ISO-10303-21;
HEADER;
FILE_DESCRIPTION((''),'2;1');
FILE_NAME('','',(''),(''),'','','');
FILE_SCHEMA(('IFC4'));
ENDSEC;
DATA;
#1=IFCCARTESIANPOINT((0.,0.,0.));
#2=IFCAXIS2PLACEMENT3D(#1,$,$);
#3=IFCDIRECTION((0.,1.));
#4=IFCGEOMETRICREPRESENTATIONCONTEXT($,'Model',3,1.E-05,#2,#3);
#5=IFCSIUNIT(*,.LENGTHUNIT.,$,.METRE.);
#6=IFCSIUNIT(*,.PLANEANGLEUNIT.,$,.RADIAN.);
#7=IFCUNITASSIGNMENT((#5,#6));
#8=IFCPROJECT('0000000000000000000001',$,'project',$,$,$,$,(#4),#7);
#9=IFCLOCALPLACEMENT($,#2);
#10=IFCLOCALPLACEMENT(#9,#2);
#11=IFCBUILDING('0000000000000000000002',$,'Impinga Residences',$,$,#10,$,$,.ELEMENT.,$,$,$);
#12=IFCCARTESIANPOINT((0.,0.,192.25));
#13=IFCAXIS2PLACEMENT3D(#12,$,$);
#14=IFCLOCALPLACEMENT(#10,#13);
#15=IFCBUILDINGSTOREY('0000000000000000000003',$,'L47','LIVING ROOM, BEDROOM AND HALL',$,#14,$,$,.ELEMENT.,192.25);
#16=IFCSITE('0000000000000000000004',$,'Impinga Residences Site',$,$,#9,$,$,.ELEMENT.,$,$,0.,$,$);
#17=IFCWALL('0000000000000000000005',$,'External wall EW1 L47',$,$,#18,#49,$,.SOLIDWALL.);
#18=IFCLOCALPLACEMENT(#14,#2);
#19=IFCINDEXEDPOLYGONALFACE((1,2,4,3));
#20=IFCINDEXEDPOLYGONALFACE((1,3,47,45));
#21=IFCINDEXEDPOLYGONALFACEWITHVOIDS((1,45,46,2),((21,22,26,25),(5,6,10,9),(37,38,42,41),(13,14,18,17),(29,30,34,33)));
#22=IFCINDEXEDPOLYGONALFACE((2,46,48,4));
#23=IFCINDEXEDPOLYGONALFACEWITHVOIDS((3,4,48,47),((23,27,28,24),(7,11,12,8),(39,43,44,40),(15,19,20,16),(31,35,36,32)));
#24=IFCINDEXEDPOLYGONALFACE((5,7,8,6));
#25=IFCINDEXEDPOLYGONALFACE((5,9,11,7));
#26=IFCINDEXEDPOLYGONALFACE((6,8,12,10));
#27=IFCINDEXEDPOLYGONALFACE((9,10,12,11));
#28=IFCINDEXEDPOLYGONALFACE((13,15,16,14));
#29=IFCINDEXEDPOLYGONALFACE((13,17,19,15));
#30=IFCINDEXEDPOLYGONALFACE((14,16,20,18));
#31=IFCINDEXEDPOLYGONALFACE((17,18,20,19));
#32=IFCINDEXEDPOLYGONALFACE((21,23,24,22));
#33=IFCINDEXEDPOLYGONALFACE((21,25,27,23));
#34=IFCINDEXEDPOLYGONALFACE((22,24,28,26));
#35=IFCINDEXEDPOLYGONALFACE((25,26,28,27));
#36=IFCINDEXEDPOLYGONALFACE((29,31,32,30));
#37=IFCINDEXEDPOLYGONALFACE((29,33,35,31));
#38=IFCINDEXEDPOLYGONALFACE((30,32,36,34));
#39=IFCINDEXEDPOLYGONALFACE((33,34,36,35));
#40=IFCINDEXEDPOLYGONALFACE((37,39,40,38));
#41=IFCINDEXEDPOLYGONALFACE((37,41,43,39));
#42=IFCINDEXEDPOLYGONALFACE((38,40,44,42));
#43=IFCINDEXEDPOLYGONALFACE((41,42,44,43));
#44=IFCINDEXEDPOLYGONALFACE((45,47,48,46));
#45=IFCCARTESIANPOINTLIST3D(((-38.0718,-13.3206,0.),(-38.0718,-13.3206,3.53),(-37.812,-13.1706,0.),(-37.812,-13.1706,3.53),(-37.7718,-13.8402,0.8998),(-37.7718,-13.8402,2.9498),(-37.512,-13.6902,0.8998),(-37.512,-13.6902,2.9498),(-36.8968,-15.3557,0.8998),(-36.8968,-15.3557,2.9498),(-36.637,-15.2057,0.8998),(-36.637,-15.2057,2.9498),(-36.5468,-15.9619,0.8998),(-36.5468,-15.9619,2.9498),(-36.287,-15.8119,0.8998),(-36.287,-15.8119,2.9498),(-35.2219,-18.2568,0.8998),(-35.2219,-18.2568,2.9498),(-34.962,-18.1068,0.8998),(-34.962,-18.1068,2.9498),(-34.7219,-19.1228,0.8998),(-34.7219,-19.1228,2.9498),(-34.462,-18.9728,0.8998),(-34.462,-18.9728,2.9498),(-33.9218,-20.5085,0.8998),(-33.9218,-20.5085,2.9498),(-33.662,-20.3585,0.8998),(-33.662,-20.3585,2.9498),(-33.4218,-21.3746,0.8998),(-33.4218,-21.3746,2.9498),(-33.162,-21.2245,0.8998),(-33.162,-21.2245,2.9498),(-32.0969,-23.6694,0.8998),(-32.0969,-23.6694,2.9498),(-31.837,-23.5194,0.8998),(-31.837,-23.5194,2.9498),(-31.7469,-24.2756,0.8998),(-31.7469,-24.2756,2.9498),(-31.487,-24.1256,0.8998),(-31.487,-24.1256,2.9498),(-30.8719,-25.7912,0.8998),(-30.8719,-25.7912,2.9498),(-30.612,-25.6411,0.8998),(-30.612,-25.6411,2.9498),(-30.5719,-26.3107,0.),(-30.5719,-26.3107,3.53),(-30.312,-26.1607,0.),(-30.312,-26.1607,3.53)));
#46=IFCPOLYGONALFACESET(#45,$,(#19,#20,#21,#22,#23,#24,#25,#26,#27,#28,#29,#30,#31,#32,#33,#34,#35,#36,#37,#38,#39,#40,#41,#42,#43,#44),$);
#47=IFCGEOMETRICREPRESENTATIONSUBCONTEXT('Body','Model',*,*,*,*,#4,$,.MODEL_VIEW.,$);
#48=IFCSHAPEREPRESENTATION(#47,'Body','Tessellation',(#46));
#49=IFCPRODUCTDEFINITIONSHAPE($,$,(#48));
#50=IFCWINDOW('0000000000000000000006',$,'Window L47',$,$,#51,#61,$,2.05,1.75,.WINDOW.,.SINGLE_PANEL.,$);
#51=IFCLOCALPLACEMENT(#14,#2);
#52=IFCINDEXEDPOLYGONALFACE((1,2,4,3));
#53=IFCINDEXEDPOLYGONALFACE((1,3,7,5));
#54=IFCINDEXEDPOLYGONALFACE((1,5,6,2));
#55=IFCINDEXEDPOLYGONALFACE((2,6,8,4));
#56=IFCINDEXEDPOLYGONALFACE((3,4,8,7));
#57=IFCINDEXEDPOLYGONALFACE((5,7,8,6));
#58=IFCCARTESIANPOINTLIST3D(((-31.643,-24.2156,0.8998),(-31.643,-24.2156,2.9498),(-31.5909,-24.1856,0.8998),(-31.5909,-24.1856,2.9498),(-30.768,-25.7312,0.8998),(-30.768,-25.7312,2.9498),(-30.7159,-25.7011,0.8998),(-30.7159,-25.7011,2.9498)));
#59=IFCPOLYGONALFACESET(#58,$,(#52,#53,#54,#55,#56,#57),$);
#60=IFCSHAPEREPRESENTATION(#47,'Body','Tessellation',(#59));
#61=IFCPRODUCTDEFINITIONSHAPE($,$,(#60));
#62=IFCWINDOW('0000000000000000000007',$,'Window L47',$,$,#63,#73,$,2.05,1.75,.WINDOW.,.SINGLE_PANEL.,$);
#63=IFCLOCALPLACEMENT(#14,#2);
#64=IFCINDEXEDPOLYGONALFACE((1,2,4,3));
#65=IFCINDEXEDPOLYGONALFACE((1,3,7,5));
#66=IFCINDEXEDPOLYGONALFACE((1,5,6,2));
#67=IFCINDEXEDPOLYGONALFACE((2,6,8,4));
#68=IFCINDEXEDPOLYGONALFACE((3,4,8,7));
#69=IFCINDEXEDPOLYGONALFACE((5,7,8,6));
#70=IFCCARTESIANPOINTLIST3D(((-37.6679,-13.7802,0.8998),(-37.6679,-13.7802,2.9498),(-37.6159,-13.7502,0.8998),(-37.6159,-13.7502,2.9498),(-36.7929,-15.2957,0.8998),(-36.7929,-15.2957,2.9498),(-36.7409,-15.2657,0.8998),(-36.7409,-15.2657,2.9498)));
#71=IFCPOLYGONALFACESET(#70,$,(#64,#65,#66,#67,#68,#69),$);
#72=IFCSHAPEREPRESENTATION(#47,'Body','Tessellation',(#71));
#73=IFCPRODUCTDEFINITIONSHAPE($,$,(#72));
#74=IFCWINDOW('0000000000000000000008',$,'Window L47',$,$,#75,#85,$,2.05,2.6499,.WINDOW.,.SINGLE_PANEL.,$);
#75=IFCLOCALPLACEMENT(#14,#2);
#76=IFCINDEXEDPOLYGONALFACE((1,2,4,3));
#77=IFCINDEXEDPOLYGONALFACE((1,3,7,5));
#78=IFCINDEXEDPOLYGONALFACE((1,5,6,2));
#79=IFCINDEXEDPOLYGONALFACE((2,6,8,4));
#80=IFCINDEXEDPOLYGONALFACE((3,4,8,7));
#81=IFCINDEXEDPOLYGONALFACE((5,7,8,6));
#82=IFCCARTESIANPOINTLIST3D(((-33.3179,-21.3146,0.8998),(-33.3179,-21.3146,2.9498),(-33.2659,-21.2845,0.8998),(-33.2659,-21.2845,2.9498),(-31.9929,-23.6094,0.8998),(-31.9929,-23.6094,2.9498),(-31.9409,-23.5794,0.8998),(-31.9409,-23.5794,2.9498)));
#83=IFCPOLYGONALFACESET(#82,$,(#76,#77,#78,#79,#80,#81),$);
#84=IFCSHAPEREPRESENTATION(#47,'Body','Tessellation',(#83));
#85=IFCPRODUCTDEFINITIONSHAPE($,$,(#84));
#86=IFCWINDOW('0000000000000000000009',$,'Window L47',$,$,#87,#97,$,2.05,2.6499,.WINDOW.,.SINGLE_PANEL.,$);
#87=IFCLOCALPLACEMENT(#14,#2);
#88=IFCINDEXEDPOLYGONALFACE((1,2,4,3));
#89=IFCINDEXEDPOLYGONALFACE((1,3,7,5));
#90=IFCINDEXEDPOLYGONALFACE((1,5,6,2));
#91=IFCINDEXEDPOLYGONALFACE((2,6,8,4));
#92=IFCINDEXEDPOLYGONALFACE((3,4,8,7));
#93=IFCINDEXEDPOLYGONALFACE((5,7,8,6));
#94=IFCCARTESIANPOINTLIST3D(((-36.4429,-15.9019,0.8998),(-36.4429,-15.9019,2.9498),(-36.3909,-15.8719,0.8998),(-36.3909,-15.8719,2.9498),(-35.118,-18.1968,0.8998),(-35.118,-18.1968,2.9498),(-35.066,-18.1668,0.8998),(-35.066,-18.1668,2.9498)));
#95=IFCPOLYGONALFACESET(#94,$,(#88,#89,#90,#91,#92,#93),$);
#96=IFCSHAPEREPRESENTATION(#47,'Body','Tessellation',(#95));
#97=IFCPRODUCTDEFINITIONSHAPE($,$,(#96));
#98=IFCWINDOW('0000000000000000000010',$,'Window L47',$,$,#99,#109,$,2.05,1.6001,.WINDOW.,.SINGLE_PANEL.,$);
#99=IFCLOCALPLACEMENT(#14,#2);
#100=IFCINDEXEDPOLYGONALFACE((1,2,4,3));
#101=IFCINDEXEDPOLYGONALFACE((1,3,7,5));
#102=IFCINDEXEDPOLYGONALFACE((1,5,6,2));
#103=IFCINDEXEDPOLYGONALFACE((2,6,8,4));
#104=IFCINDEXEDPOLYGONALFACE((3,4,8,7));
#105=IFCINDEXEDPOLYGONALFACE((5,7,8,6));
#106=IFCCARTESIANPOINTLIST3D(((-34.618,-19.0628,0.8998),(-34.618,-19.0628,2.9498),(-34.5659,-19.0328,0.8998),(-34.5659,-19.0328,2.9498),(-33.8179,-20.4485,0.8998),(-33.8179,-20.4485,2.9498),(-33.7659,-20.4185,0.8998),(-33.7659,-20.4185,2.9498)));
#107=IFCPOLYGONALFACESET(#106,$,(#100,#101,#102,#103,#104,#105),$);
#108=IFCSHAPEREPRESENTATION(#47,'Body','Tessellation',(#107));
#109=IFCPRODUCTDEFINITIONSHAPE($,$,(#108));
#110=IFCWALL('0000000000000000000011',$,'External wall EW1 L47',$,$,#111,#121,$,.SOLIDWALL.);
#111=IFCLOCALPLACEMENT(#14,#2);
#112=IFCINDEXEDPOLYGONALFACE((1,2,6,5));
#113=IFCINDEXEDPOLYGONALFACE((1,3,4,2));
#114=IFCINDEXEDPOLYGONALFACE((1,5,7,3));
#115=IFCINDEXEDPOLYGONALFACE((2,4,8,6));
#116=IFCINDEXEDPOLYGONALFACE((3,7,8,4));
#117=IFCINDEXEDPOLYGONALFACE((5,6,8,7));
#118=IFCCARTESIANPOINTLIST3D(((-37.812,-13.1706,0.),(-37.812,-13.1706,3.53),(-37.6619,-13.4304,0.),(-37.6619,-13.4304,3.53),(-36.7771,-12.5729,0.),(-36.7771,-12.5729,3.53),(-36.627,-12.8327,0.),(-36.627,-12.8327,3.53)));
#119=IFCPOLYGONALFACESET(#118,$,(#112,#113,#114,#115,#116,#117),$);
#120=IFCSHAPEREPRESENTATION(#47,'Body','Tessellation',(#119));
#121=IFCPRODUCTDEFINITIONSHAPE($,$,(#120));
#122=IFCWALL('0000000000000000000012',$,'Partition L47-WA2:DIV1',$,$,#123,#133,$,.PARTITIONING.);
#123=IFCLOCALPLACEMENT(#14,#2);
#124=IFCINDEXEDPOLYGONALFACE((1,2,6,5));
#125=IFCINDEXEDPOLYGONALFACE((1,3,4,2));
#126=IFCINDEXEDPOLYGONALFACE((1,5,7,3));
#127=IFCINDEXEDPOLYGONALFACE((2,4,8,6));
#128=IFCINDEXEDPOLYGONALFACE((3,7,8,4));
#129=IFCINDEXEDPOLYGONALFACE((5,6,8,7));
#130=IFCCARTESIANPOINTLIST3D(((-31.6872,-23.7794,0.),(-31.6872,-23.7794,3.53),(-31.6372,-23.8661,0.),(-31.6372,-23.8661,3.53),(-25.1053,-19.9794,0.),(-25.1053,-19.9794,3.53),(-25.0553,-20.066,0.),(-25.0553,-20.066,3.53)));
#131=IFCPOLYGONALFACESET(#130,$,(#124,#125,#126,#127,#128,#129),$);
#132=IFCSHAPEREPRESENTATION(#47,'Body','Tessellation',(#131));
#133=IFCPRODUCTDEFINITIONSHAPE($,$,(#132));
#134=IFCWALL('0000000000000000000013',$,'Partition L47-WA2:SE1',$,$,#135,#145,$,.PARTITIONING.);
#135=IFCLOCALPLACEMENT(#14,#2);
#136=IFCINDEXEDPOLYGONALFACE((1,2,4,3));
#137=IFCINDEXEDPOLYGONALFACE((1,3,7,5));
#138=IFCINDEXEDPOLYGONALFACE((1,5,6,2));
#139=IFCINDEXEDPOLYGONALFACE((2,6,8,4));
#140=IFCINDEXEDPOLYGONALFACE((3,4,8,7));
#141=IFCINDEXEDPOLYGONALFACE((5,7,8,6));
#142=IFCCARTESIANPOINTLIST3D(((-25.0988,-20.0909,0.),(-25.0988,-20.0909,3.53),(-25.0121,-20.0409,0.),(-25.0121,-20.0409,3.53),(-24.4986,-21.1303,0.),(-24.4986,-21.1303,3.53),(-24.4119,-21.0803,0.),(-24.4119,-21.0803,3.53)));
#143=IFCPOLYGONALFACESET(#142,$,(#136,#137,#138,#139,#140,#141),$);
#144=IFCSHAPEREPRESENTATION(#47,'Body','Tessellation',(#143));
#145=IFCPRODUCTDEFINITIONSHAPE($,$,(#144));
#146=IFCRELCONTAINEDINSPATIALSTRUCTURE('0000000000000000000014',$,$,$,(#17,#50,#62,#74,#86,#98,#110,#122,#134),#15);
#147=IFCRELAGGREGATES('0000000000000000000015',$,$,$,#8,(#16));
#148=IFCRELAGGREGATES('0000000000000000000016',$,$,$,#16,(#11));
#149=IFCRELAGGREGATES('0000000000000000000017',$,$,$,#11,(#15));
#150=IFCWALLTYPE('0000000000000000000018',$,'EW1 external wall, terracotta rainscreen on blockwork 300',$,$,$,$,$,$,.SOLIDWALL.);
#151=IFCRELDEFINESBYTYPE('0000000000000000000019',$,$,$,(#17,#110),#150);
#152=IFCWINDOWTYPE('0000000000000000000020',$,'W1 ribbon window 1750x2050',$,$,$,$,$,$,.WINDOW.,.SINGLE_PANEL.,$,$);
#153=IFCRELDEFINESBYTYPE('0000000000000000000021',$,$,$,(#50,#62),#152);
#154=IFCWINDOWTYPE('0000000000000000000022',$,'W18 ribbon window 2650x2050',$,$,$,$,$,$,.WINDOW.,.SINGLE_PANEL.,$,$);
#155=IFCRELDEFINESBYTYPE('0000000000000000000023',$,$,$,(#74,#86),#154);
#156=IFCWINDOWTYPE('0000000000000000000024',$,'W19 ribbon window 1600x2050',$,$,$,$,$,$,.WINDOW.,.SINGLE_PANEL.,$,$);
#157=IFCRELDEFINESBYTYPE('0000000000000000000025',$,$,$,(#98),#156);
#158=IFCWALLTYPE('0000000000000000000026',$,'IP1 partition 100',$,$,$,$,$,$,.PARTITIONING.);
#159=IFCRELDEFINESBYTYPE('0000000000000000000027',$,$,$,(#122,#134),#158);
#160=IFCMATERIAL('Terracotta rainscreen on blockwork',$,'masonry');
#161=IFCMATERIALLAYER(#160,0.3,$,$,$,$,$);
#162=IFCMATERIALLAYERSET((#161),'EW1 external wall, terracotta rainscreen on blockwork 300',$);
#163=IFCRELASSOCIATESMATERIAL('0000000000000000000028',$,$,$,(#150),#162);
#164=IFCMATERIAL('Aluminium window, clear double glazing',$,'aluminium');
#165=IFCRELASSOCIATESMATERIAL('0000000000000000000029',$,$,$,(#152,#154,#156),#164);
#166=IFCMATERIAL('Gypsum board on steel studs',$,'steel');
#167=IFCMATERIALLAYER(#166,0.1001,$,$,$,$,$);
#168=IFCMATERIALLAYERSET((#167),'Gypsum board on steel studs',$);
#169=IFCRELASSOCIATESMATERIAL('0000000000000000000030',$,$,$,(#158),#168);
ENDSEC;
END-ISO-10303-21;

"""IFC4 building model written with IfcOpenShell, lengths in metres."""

from ifc_helpers import new_model, si_unit, direction, frame, frame_2d, origin, place, context, subcontext, project, spatial, rectangle, extrude, material, layer, layer_set, type_object, element, fill, save


model = new_model("IFC4")

# Units and contexts
model_context = context("Model", 3, precision=1e-05, world=origin(), true_north=direction((0.0, 1.0)))
body_context = subcontext(model_context, "Body", "Model", "MODEL_VIEW")
ifc_project = project(units=[si_unit("LENGTHUNIT", "METRE"), si_unit("PLANEANGLEUNIT", "RADIAN")], contexts=[model_context])

# Site, building, storey
site_placement = place(None, origin())
site = spatial("IfcSite", under=ifc_project, at=site_placement, Name="Impinga Residences Site", CompositionType="ELEMENT", RefElevation=0.0)
building_placement = place(site_placement, origin())
building = spatial("IfcBuilding", under=site, at=building_placement, Name="Impinga Residences", CompositionType="ELEMENT")
storey_placement = place(building_placement, frame((0.0, 0.0, 192.25)))
storey = spatial("IfcBuildingStorey", under=building, at=storey_placement, Name="L47", Description="LIVING ROOM, BEDROOM AND HALL", CompositionType="ELEMENT", Elevation=192.25)

# Shared definitions
ifc_material_1 = material(Name="Terracotta rainscreen on blockwork", Category="masonry")
ifc_layer_1 = layer(ifc_material_1, 0.3)
ifc_layer_set_1 = layer_set([ifc_layer_1], Name="EW1 external wall, terracotta rainscreen on blockwork 300")
wall_type_1 = type_object("IfcWallType", Name="EW1 external wall, terracotta rainscreen on blockwork 300", PredefinedType="SOLIDWALL", material=ifc_layer_set_1)

# Wall, openings, windows
wall_1_placement = place(storey_placement, frame((-30.4419, -26.2358, 0.0), z_axis=(0.0, 0.0, 1.0), x_axis=(-0.500004, 0.866023, 0.0)))
wall_1 = element("IfcWall", 1, at=wall_1_placement, inside=storey, type_object=wall_type_1, Name="External wall EW1 L47", PredefinedType="SOLIDWALL", context=body_context, shape_type="SweptSolid", body=[
    extrude(rectangle(XDim=14.9998, YDim=0.3, at=frame_2d((7.5, 0.0))), origin(), (0.0, 0.0, 1.0), 3.53),
])
opening_1_placement = place(wall_1_placement, frame((0.6001, 0.0, 0.8999)))
opening_1 = element("IfcOpeningElement", 2, at=opening_1_placement, cuts=wall_1, PredefinedType="OPENING", context=body_context, shape_type="SweptSolid", body=[
    extrude(rectangle(XDim=1.75, YDim=2.05, at=frame_2d((0.875, 1.0249))), frame((0.0, 0.1599, 0.0), z_axis=(0.0, -1.0, 0.0), x_axis=(1.0, 0.0, 0.0)), (0.0, 0.0, 1.0), 0.3201),
])
opening_2_placement = place(wall_1_placement, frame((3.05, 0.0, 0.8999)))
opening_2 = element("IfcOpeningElement", 3, at=opening_2_placement, cuts=wall_1, PredefinedType="OPENING", context=body_context, shape_type="SweptSolid", body=[
    extrude(rectangle(XDim=2.6499, YDim=2.05, at=frame_2d((1.325, 1.0249))), frame((0.0, 0.1599, 0.0), z_axis=(0.0, -1.0, 0.0), x_axis=(1.0, 0.0, 0.0)), (0.0, 0.0, 1.0), 0.3201),
])
opening_3_placement = place(wall_1_placement, frame((6.7, 0.0, 0.8999)))
opening_3 = element("IfcOpeningElement", 4, at=opening_3_placement, cuts=wall_1, PredefinedType="OPENING", context=body_context, shape_type="SweptSolid", body=[
    extrude(rectangle(XDim=1.6001, YDim=2.05, at=frame_2d((0.8, 1.0249))), frame((0.0, 0.1599, 0.0), z_axis=(0.0, -1.0, 0.0), x_axis=(1.0, 0.0, 0.0)), (0.0, 0.0, 1.0), 0.3201),
])
opening_4_placement = place(wall_1_placement, frame((9.3, 0.0, 0.8999)))
opening_4 = element("IfcOpeningElement", 5, at=opening_4_placement, cuts=wall_1, PredefinedType="OPENING", context=body_context, shape_type="SweptSolid", body=[
    extrude(rectangle(XDim=2.6499, YDim=2.05, at=frame_2d((1.325, 1.0249))), frame((0.0, 0.1599, 0.0), z_axis=(0.0, -1.0, 0.0), x_axis=(1.0, 0.0, 0.0)), (0.0, 0.0, 1.0), 0.3201),
])
opening_5_placement = place(wall_1_placement, frame((12.6499, 0.0, 0.8999)))
opening_5 = element("IfcOpeningElement", 6, at=opening_5_placement, cuts=wall_1, PredefinedType="OPENING", context=body_context, shape_type="SweptSolid", body=[
    extrude(rectangle(XDim=1.75, YDim=2.05, at=frame_2d((0.875, 1.0249))), frame((0.0, 0.1599, 0.0), z_axis=(0.0, -1.0, 0.0), x_axis=(1.0, 0.0, 0.0)), (0.0, 0.0, 1.0), 0.3201),
])
ifc_material_2 = material(Name="Aluminium window, clear double glazing", Category="aluminium")
window_type_1 = type_object("IfcWindowType", Name="W1 ribbon window 1750x2050", PartitioningType="SINGLE_PANEL", PredefinedType="WINDOW", material=ifc_material_2)
window_1_placement = place(opening_1_placement, origin())
window_1 = element("IfcWindow", 7, at=window_1_placement, inside=storey, type_object=window_type_1, Name="Window L47", OverallHeight=2.05, OverallWidth=1.75, PartitioningType="SINGLE_PANEL", PredefinedType="WINDOW", context=body_context, shape_type="SweptSolid", body=[
    extrude(rectangle(XDim=1.75, YDim=2.05, at=frame_2d((0.875, 1.0249))), frame((0.0, 0.03, 0.0), z_axis=(0.0, -1.0, 0.0), x_axis=(1.0, 0.0, 0.0)), (0.0, 0.0, 1.0), 0.0601),
])
fill(opening_1, window_1)
window_2_placement = place(opening_5_placement, origin())
window_2 = element("IfcWindow", 8, at=window_2_placement, inside=storey, type_object=window_type_1, Name="Window L47", OverallHeight=2.05, OverallWidth=1.75, PartitioningType="SINGLE_PANEL", PredefinedType="WINDOW", context=body_context, shape_type="SweptSolid", body=[
    extrude(rectangle(XDim=1.75, YDim=2.05, at=frame_2d((0.875, 1.0249))), frame((0.0, 0.03, 0.0), z_axis=(0.0, -1.0, 0.0), x_axis=(1.0, 0.0, 0.0)), (0.0, 0.0, 1.0), 0.0601),
])
fill(opening_5, window_2)
window_type_2 = type_object("IfcWindowType", Name="W18 ribbon window 2650x2050", PartitioningType="SINGLE_PANEL", PredefinedType="WINDOW", material=ifc_material_2)
window_3_placement = place(opening_2_placement, origin())
window_3 = element("IfcWindow", 9, at=window_3_placement, inside=storey, type_object=window_type_2, Name="Window L47", OverallHeight=2.05, OverallWidth=2.6499, PartitioningType="SINGLE_PANEL", PredefinedType="WINDOW", context=body_context, shape_type="SweptSolid", body=[
    extrude(rectangle(XDim=2.6499, YDim=2.05, at=frame_2d((1.325, 1.0249))), frame((0.0, 0.03, 0.0), z_axis=(0.0, -1.0, 0.0), x_axis=(1.0, 0.0, 0.0)), (0.0, 0.0, 1.0), 0.0601),
])
fill(opening_2, window_3)
window_4_placement = place(opening_4_placement, origin())
window_4 = element("IfcWindow", 10, at=window_4_placement, inside=storey, type_object=window_type_2, Name="Window L47", OverallHeight=2.05, OverallWidth=2.6499, PartitioningType="SINGLE_PANEL", PredefinedType="WINDOW", context=body_context, shape_type="SweptSolid", body=[
    extrude(rectangle(XDim=2.6499, YDim=2.05, at=frame_2d((1.325, 1.0249))), frame((0.0, 0.03, 0.0), z_axis=(0.0, -1.0, 0.0), x_axis=(1.0, 0.0, 0.0)), (0.0, 0.0, 1.0), 0.0601),
])
fill(opening_4, window_4)
window_type_3 = type_object("IfcWindowType", Name="W19 ribbon window 1600x2050", PartitioningType="SINGLE_PANEL", PredefinedType="WINDOW", material=ifc_material_2)
window_5_placement = place(opening_3_placement, origin())
window_5 = element("IfcWindow", 11, at=window_5_placement, inside=storey, type_object=window_type_3, Name="Window L47", OverallHeight=2.05, OverallWidth=1.6001, PartitioningType="SINGLE_PANEL", PredefinedType="WINDOW", context=body_context, shape_type="SweptSolid", body=[
    extrude(rectangle(XDim=1.6001, YDim=2.05, at=frame_2d((0.8, 1.0249))), frame((0.0, 0.03, 0.0), z_axis=(0.0, -1.0, 0.0), x_axis=(1.0, 0.0, 0.0)), (0.0, 0.0, 1.0), 0.0601),
])
fill(opening_3, window_5)

# Walls
wall_2_placement = place(storey_placement, frame((-37.7371, -13.3005, 0.0), z_axis=(0.0, 0.0, 1.0), x_axis=(0.865971, 0.500094, 0.0)))
element("IfcWall", 12, at=wall_2_placement, inside=storey, type_object=wall_type_1, Name="External wall EW1 L47", PredefinedType="SOLIDWALL", context=body_context, shape_type="SweptSolid", body=[
    extrude(rectangle(XDim=1.1951, YDim=0.3, at=frame_2d((0.5977, 0.0))), origin(), (0.0, 0.0, 1.0), 3.53),
])
ifc_material_3 = material(Name="Gypsum board on steel studs", Category="steel")
ifc_layer_2 = layer(ifc_material_3, 0.1001)
ifc_layer_set_2 = layer_set([ifc_layer_2], Name="Gypsum board on steel studs")
wall_type_2 = type_object("IfcWallType", Name="IP1 partition 100", PredefinedType="PARTITIONING", material=ifc_layer_set_2)
wall_3_placement = place(storey_placement, frame((-25.0803, -20.0227, 0.0), z_axis=(0.0, 0.0, 1.0), x_axis=(-0.866022, -0.500005, 0.0)))
element("IfcWall", 13, at=wall_3_placement, inside=storey, type_object=wall_type_2, Name="Partition L47-WA2:DIV1", PredefinedType="PARTITIONING", context=body_context, shape_type="SweptSolid", body=[
    extrude(rectangle(XDim=7.6001, YDim=0.1001, at=frame_2d((3.8, 0.0))), origin(), (0.0, 0.0, 1.0), 3.53),
])
wall_4_placement = place(storey_placement, frame((-25.0554, -20.0659, 0.0), z_axis=(0.0, 0.0, 1.0), x_axis=(0.500034, -0.866006, 0.0)))
element("IfcWall", 14, at=wall_4_placement, inside=storey, type_object=wall_type_2, Name="Partition L47-WA2:SE1", PredefinedType="PARTITIONING", context=body_context, shape_type="SweptSolid", body=[
    extrude(rectangle(XDim=1.2002, YDim=0.1001, at=frame_2d((0.6001, 0.0))), origin(), (0.0, 0.0, 1.0), 3.53),
])

save(model, "model.ifc")
